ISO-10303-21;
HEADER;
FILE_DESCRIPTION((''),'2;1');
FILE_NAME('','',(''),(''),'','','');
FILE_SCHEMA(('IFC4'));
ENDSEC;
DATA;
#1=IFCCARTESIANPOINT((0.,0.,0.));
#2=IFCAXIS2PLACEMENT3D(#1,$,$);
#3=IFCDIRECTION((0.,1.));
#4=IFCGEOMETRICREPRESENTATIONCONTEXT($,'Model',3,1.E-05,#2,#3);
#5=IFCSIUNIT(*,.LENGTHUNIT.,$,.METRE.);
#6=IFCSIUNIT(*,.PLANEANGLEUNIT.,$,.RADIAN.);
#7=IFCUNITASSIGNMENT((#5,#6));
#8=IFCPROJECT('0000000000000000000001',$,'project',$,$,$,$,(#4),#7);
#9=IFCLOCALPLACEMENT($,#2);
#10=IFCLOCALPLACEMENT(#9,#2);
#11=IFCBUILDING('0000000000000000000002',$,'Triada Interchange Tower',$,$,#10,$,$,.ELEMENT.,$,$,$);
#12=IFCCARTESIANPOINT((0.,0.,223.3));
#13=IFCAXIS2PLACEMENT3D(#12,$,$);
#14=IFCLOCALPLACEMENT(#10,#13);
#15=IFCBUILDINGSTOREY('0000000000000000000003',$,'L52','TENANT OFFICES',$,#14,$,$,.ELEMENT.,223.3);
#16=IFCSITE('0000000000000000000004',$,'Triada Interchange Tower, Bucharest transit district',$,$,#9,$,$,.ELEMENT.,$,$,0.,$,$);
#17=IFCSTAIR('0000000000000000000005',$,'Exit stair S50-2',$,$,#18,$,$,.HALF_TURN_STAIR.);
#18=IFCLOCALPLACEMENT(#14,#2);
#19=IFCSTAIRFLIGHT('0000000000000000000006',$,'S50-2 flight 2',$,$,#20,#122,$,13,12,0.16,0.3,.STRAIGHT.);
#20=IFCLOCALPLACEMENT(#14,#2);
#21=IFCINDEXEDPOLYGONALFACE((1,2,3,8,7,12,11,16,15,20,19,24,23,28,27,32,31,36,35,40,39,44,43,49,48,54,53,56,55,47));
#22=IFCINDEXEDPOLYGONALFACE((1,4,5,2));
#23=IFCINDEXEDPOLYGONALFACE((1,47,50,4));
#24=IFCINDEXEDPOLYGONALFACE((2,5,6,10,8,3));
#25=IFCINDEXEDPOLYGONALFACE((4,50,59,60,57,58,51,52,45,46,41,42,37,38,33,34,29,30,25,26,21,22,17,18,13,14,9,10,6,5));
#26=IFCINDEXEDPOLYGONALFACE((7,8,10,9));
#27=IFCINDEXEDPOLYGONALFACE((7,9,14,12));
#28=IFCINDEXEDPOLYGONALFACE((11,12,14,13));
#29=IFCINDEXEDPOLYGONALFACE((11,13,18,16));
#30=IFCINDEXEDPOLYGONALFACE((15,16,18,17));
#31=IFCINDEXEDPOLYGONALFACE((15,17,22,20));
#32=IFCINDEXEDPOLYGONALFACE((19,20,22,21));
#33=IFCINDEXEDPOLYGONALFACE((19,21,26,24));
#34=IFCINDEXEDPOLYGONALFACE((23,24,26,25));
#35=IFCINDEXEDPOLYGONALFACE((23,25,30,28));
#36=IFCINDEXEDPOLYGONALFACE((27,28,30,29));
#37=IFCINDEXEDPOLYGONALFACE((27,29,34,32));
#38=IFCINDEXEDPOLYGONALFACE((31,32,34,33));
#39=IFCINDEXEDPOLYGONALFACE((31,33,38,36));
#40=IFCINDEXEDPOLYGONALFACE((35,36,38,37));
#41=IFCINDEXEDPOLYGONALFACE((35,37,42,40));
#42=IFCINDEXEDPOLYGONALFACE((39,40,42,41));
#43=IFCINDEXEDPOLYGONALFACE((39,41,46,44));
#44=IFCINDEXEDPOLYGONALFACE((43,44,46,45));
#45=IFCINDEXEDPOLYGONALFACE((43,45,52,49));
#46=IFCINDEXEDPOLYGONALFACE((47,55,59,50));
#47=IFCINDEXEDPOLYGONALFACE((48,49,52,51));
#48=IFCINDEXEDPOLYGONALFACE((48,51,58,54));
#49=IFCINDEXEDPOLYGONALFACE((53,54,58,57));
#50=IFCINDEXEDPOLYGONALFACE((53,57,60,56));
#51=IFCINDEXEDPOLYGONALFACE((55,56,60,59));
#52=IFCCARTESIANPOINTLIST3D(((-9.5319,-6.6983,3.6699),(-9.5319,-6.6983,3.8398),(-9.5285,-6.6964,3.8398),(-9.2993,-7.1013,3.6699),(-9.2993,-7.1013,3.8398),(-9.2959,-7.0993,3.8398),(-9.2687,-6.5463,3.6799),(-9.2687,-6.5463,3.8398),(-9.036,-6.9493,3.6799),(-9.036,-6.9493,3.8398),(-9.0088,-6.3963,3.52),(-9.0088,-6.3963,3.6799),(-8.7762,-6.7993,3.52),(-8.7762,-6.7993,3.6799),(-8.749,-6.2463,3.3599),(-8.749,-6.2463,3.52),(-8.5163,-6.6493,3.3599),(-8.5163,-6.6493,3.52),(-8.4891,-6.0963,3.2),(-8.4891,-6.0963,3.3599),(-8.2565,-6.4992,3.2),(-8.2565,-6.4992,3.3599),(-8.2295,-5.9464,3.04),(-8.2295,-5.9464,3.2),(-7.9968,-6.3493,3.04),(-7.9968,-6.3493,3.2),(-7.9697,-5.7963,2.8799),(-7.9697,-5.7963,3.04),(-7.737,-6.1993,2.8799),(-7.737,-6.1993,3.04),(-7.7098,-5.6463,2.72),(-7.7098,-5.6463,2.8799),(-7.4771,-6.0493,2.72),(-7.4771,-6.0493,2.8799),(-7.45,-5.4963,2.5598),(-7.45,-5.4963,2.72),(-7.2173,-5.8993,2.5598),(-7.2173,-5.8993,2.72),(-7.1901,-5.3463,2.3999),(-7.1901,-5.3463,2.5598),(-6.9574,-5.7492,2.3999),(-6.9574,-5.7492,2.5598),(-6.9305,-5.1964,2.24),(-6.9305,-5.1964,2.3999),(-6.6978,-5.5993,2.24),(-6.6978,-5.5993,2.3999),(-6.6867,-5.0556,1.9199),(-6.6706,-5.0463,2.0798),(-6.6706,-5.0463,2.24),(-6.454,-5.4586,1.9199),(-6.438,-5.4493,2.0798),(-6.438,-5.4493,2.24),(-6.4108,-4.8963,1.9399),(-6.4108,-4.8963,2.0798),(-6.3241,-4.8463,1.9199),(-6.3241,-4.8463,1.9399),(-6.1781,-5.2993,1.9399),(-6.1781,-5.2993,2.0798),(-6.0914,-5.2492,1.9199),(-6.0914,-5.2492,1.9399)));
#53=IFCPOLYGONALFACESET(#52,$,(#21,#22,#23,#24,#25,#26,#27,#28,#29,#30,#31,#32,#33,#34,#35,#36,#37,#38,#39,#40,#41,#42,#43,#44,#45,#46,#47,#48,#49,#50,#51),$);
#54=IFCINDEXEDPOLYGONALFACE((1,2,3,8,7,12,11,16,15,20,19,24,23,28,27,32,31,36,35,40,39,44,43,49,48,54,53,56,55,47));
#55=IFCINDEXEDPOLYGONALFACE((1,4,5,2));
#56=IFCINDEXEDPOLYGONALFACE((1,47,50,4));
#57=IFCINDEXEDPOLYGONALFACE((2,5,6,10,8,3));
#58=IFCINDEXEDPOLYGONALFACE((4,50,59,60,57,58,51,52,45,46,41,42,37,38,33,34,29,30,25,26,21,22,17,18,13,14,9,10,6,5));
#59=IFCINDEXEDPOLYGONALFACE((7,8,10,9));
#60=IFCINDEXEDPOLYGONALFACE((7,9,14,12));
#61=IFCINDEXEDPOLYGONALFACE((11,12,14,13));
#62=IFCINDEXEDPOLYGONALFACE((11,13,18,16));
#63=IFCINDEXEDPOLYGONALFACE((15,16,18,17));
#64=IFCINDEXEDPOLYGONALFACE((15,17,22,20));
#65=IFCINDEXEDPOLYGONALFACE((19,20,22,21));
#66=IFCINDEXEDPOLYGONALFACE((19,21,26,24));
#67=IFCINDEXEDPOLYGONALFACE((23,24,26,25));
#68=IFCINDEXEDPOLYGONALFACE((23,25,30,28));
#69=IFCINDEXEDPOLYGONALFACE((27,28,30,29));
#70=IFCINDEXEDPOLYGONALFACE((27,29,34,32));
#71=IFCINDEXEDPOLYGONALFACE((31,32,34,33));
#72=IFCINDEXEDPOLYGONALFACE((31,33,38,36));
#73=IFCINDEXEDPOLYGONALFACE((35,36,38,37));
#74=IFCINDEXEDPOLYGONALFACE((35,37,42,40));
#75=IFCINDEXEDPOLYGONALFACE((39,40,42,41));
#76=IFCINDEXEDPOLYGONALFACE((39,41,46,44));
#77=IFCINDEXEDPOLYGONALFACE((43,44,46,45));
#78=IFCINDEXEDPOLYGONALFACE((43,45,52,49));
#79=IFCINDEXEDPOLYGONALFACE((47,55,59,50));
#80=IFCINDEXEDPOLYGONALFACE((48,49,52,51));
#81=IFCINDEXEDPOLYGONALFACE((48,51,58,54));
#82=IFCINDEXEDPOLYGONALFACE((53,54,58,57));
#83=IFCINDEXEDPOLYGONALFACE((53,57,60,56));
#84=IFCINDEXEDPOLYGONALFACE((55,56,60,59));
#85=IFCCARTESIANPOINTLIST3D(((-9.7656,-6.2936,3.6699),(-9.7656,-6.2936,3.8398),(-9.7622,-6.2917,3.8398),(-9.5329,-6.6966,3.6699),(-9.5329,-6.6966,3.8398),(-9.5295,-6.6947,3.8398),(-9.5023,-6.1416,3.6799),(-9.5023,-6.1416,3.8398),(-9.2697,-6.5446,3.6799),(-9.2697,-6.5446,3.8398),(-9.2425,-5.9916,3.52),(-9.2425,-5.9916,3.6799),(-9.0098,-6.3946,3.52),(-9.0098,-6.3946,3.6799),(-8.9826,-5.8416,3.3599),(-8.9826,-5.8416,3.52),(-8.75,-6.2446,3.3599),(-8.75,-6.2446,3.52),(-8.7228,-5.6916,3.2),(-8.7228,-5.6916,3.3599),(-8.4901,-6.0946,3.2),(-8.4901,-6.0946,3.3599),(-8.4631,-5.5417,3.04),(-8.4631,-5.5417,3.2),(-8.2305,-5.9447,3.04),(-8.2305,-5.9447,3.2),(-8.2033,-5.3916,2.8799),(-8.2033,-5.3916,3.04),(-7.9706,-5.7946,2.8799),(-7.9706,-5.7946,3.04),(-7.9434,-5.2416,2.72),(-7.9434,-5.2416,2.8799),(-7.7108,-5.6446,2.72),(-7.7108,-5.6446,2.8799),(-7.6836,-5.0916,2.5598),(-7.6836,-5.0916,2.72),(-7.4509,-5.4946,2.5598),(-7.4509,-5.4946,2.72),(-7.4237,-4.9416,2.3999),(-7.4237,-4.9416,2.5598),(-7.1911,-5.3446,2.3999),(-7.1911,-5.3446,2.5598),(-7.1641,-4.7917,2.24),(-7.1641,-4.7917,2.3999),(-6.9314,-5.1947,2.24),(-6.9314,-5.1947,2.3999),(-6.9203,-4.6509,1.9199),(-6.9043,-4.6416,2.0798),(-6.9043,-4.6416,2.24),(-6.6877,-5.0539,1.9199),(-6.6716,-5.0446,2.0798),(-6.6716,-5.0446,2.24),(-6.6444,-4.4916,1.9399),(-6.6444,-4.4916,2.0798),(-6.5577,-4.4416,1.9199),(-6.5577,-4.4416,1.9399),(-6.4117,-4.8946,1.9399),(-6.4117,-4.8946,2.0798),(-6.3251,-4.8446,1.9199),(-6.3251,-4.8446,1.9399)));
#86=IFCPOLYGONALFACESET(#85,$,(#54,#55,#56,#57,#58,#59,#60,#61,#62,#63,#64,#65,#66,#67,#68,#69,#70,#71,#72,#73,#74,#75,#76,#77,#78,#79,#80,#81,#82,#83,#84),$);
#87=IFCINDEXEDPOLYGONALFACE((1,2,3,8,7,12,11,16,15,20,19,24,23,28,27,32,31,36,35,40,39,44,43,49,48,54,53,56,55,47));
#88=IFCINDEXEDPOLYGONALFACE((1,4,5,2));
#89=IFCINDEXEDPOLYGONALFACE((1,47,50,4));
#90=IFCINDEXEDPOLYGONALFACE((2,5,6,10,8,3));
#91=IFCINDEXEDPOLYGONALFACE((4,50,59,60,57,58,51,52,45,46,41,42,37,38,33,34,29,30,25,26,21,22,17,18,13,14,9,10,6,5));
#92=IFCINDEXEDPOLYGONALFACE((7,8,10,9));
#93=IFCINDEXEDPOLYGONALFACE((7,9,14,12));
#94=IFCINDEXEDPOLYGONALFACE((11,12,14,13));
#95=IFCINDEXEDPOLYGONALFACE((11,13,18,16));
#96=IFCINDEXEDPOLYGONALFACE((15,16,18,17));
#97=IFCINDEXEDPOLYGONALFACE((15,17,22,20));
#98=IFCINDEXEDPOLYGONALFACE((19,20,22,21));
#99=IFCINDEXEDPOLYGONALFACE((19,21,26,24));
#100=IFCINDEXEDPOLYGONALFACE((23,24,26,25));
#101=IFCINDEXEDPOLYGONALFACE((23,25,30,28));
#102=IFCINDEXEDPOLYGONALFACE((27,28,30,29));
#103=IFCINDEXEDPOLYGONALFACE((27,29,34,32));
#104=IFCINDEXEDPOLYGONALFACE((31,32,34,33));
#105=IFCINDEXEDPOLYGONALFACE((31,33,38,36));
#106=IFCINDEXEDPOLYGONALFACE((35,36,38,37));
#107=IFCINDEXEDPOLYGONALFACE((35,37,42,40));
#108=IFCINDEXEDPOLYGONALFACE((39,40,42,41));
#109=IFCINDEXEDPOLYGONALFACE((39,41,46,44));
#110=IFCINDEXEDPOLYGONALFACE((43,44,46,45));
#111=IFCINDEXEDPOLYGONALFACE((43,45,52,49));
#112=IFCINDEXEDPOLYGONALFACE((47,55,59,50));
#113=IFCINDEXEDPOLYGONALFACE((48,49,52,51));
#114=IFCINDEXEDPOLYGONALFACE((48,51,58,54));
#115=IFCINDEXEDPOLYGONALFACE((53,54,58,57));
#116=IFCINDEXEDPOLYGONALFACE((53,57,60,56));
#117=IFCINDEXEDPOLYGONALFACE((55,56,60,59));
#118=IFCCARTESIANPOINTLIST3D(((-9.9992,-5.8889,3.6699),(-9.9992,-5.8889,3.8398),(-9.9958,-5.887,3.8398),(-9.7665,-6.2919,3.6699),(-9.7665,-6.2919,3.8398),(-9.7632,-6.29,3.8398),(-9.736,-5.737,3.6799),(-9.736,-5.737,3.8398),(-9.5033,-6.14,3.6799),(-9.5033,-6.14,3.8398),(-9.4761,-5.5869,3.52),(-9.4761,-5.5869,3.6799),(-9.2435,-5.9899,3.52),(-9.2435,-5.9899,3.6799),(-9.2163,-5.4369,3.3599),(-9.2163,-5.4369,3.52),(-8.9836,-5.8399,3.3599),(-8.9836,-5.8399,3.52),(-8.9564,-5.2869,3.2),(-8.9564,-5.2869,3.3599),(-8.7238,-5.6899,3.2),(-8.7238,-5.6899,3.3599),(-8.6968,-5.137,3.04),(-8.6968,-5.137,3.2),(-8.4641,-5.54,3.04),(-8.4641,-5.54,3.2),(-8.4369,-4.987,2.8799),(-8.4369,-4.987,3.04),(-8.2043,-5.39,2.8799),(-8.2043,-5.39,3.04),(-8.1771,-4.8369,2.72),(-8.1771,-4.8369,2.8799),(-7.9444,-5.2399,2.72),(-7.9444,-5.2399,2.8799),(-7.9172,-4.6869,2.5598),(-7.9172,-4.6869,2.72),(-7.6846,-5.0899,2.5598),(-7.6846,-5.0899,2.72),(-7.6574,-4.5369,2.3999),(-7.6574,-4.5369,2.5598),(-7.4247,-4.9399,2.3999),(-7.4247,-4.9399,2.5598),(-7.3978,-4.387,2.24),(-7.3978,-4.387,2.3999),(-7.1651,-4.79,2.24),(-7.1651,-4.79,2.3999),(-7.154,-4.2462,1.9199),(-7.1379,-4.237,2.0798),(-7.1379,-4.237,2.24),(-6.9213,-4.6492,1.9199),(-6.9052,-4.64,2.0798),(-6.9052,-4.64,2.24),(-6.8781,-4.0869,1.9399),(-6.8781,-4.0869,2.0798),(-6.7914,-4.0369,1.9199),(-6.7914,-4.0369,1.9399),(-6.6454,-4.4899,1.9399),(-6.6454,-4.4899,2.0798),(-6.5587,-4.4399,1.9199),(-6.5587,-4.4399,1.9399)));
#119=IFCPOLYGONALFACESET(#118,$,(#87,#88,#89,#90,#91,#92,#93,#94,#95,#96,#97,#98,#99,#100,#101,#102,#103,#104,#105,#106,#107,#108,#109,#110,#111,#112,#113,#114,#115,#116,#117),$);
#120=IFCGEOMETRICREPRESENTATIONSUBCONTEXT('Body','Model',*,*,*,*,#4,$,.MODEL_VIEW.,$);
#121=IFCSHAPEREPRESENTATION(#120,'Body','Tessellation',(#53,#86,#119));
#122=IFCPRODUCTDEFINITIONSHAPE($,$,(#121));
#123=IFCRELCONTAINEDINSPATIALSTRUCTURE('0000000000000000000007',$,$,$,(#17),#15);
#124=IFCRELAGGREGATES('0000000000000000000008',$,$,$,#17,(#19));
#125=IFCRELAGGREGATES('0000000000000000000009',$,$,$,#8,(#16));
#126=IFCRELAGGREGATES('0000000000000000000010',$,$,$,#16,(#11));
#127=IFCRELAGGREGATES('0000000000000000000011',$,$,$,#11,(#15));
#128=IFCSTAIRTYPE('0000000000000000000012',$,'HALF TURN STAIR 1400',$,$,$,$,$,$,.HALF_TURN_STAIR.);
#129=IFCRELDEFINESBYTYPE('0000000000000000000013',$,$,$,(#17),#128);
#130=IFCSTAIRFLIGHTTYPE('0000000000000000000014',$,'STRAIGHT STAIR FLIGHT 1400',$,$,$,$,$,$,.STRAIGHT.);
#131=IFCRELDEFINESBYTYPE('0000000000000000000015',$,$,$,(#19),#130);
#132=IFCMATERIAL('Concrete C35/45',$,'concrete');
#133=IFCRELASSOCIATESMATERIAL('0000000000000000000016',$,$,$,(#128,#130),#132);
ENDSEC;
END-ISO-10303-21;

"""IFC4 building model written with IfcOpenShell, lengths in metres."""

from ifc_helpers import new_model, si_unit, direction, frame, origin, place, context, subcontext, project, spatial, polyline, outline, extrude, material, type_object, element, aggregate, save


model = new_model("IFC4")

# Units and contexts
model_context = context("Model", 3, precision=1e-05, world=origin(), true_north=direction((0.0, 1.0)))
body_context = subcontext(model_context, "Body", "Model", "MODEL_VIEW")
ifc_project = project(units=[si_unit("LENGTHUNIT", "METRE"), si_unit("PLANEANGLEUNIT", "RADIAN")], contexts=[model_context])

# Site, building, storey
site_placement = place(None, origin())
site = spatial("IfcSite", under=ifc_project, at=site_placement, Name="Triada Interchange Tower, Bucharest transit district", CompositionType="ELEMENT", RefElevation=0.0)
building_placement = place(site_placement, origin())
building = spatial("IfcBuilding", under=site, at=building_placement, Name="Triada Interchange Tower", CompositionType="ELEMENT")
storey_placement = place(building_placement, frame((0.0, 0.0, 223.3)))
storey = spatial("IfcBuildingStorey", under=building, at=storey_placement, Name="L52", Description="TENANT OFFICES", CompositionType="ELEMENT", Elevation=223.3)

# Stair, stair flight
ifc_material_1 = material(Name="Concrete C35/45", Category="concrete")
stair_type = type_object("IfcStairType", Name="HALF TURN STAIR 1400", PredefinedType="HALF_TURN_STAIR", material=ifc_material_1)
stair_placement = place(storey_placement, origin())
stair = element("IfcStair", 1, at=stair_placement, inside=storey, type_object=stair_type, Name="Exit stair S50-2", PredefinedType="HALF_TURN_STAIR")
stair_flight_type = type_object("IfcStairFlightType", Name="STRAIGHT STAIR FLIGHT 1400", PredefinedType="STRAIGHT", material=ifc_material_1)
stair_flight_1_placement = place(storey_placement, frame((-6.5281, -4.6931, 1.9199), z_axis=(0.0, 0.0, 1.0), x_axis=(-0.866025, -0.5, 0.0)))
stair_flight_1 = element("IfcStairFlight", 2, at=stair_flight_1_placement, type_object=stair_flight_type, Name="S50-2 flight 2", NumberOfRisers=13, NumberOfTreads=12, PredefinedType="STRAIGHT", RiserHeight=0.16, TreadLength=0.3, context=body_context, shape_type="SweptSolid", body=[
    extrude(outline(polyline([(-0.1001, 0.0), (-0.1001, 0.02), (0.0, 0.02), (0.0, 0.1599), (0.3, 0.1599), (0.3, 0.3201), (0.6001, 0.3201), (0.6001, 0.48), (0.8999, 0.48), (0.8999, 0.6399), (1.2, 0.6399), (1.2, 0.8), (1.5, 0.8), (1.5, 0.96), (1.8, 0.96), (1.8, 1.1201), (2.1001, 1.1201), (2.1001, 1.28), (2.3999, 1.28), (2.3999, 1.4399), (2.7, 1.4399), (2.7, 1.6001), (3.0, 1.6001), (3.0, 1.76), (3.3, 1.76), (3.3, 1.9199), (3.6001, 1.9199), (3.604, 1.9199), (3.604, 2.0801), (3.604, 1.75), (0.3186, 0.0), (-0.1001, 0.0)])), frame((0.0, 0.7, 0.0), z_axis=(0.0, -1.0, 0.0), x_axis=(1.0, 0.0, 0.0)), (0.0, 0.0, 1.0), 0.4653),
    extrude(outline(polyline([(-0.1001, 0.0), (-0.1001, 0.02), (0.0, 0.02), (0.0, 0.1599), (0.3, 0.1599), (0.3, 0.3201), (0.6001, 0.3201), (0.6001, 0.48), (0.8999, 0.48), (0.8999, 0.6399), (1.2, 0.6399), (1.2, 0.8), (1.5, 0.8), (1.5, 0.96), (1.8, 0.96), (1.8, 1.1201), (2.1001, 1.1201), (2.1001, 1.28), (2.3999, 1.28), (2.3999, 1.4399), (2.7, 1.4399), (2.7, 1.6001), (3.0, 1.6001), (3.0, 1.76), (3.3, 1.76), (3.3, 1.9199), (3.6001, 1.9199), (3.604, 1.9199), (3.604, 2.0801), (3.604, 1.75), (0.3186, 0.0), (-0.1001, 0.0)])), frame((0.0, 0.2327, 0.0), z_axis=(0.0, -1.0, 0.0), x_axis=(1.0, 0.0, 0.0)), (0.0, 0.0, 1.0), 0.4653),
    extrude(outline(polyline([(-0.1001, 0.0), (-0.1001, 0.02), (0.0, 0.02), (0.0, 0.1599), (0.3, 0.1599), (0.3, 0.3201), (0.6001, 0.3201), (0.6001, 0.48), (0.8999, 0.48), (0.8999, 0.6399), (1.2, 0.6399), (1.2, 0.8), (1.5, 0.8), (1.5, 0.96), (1.8, 0.96), (1.8, 1.1201), (2.1001, 1.1201), (2.1001, 1.28), (2.3999, 1.28), (2.3999, 1.4399), (2.7, 1.4399), (2.7, 1.6001), (3.0, 1.6001), (3.0, 1.76), (3.3, 1.76), (3.3, 1.9199), (3.6001, 1.9199), (3.604, 1.9199), (3.604, 2.0801), (3.604, 1.75), (0.3186, 0.0), (-0.1001, 0.0)])), frame((0.0, -0.2346, 0.0), z_axis=(0.0, -1.0, 0.0), x_axis=(1.0, 0.0, 0.0)), (0.0, 0.0, 1.0), 0.4653),
])
aggregate(stair, [stair_flight_1])

save(model, "model.ifc")
